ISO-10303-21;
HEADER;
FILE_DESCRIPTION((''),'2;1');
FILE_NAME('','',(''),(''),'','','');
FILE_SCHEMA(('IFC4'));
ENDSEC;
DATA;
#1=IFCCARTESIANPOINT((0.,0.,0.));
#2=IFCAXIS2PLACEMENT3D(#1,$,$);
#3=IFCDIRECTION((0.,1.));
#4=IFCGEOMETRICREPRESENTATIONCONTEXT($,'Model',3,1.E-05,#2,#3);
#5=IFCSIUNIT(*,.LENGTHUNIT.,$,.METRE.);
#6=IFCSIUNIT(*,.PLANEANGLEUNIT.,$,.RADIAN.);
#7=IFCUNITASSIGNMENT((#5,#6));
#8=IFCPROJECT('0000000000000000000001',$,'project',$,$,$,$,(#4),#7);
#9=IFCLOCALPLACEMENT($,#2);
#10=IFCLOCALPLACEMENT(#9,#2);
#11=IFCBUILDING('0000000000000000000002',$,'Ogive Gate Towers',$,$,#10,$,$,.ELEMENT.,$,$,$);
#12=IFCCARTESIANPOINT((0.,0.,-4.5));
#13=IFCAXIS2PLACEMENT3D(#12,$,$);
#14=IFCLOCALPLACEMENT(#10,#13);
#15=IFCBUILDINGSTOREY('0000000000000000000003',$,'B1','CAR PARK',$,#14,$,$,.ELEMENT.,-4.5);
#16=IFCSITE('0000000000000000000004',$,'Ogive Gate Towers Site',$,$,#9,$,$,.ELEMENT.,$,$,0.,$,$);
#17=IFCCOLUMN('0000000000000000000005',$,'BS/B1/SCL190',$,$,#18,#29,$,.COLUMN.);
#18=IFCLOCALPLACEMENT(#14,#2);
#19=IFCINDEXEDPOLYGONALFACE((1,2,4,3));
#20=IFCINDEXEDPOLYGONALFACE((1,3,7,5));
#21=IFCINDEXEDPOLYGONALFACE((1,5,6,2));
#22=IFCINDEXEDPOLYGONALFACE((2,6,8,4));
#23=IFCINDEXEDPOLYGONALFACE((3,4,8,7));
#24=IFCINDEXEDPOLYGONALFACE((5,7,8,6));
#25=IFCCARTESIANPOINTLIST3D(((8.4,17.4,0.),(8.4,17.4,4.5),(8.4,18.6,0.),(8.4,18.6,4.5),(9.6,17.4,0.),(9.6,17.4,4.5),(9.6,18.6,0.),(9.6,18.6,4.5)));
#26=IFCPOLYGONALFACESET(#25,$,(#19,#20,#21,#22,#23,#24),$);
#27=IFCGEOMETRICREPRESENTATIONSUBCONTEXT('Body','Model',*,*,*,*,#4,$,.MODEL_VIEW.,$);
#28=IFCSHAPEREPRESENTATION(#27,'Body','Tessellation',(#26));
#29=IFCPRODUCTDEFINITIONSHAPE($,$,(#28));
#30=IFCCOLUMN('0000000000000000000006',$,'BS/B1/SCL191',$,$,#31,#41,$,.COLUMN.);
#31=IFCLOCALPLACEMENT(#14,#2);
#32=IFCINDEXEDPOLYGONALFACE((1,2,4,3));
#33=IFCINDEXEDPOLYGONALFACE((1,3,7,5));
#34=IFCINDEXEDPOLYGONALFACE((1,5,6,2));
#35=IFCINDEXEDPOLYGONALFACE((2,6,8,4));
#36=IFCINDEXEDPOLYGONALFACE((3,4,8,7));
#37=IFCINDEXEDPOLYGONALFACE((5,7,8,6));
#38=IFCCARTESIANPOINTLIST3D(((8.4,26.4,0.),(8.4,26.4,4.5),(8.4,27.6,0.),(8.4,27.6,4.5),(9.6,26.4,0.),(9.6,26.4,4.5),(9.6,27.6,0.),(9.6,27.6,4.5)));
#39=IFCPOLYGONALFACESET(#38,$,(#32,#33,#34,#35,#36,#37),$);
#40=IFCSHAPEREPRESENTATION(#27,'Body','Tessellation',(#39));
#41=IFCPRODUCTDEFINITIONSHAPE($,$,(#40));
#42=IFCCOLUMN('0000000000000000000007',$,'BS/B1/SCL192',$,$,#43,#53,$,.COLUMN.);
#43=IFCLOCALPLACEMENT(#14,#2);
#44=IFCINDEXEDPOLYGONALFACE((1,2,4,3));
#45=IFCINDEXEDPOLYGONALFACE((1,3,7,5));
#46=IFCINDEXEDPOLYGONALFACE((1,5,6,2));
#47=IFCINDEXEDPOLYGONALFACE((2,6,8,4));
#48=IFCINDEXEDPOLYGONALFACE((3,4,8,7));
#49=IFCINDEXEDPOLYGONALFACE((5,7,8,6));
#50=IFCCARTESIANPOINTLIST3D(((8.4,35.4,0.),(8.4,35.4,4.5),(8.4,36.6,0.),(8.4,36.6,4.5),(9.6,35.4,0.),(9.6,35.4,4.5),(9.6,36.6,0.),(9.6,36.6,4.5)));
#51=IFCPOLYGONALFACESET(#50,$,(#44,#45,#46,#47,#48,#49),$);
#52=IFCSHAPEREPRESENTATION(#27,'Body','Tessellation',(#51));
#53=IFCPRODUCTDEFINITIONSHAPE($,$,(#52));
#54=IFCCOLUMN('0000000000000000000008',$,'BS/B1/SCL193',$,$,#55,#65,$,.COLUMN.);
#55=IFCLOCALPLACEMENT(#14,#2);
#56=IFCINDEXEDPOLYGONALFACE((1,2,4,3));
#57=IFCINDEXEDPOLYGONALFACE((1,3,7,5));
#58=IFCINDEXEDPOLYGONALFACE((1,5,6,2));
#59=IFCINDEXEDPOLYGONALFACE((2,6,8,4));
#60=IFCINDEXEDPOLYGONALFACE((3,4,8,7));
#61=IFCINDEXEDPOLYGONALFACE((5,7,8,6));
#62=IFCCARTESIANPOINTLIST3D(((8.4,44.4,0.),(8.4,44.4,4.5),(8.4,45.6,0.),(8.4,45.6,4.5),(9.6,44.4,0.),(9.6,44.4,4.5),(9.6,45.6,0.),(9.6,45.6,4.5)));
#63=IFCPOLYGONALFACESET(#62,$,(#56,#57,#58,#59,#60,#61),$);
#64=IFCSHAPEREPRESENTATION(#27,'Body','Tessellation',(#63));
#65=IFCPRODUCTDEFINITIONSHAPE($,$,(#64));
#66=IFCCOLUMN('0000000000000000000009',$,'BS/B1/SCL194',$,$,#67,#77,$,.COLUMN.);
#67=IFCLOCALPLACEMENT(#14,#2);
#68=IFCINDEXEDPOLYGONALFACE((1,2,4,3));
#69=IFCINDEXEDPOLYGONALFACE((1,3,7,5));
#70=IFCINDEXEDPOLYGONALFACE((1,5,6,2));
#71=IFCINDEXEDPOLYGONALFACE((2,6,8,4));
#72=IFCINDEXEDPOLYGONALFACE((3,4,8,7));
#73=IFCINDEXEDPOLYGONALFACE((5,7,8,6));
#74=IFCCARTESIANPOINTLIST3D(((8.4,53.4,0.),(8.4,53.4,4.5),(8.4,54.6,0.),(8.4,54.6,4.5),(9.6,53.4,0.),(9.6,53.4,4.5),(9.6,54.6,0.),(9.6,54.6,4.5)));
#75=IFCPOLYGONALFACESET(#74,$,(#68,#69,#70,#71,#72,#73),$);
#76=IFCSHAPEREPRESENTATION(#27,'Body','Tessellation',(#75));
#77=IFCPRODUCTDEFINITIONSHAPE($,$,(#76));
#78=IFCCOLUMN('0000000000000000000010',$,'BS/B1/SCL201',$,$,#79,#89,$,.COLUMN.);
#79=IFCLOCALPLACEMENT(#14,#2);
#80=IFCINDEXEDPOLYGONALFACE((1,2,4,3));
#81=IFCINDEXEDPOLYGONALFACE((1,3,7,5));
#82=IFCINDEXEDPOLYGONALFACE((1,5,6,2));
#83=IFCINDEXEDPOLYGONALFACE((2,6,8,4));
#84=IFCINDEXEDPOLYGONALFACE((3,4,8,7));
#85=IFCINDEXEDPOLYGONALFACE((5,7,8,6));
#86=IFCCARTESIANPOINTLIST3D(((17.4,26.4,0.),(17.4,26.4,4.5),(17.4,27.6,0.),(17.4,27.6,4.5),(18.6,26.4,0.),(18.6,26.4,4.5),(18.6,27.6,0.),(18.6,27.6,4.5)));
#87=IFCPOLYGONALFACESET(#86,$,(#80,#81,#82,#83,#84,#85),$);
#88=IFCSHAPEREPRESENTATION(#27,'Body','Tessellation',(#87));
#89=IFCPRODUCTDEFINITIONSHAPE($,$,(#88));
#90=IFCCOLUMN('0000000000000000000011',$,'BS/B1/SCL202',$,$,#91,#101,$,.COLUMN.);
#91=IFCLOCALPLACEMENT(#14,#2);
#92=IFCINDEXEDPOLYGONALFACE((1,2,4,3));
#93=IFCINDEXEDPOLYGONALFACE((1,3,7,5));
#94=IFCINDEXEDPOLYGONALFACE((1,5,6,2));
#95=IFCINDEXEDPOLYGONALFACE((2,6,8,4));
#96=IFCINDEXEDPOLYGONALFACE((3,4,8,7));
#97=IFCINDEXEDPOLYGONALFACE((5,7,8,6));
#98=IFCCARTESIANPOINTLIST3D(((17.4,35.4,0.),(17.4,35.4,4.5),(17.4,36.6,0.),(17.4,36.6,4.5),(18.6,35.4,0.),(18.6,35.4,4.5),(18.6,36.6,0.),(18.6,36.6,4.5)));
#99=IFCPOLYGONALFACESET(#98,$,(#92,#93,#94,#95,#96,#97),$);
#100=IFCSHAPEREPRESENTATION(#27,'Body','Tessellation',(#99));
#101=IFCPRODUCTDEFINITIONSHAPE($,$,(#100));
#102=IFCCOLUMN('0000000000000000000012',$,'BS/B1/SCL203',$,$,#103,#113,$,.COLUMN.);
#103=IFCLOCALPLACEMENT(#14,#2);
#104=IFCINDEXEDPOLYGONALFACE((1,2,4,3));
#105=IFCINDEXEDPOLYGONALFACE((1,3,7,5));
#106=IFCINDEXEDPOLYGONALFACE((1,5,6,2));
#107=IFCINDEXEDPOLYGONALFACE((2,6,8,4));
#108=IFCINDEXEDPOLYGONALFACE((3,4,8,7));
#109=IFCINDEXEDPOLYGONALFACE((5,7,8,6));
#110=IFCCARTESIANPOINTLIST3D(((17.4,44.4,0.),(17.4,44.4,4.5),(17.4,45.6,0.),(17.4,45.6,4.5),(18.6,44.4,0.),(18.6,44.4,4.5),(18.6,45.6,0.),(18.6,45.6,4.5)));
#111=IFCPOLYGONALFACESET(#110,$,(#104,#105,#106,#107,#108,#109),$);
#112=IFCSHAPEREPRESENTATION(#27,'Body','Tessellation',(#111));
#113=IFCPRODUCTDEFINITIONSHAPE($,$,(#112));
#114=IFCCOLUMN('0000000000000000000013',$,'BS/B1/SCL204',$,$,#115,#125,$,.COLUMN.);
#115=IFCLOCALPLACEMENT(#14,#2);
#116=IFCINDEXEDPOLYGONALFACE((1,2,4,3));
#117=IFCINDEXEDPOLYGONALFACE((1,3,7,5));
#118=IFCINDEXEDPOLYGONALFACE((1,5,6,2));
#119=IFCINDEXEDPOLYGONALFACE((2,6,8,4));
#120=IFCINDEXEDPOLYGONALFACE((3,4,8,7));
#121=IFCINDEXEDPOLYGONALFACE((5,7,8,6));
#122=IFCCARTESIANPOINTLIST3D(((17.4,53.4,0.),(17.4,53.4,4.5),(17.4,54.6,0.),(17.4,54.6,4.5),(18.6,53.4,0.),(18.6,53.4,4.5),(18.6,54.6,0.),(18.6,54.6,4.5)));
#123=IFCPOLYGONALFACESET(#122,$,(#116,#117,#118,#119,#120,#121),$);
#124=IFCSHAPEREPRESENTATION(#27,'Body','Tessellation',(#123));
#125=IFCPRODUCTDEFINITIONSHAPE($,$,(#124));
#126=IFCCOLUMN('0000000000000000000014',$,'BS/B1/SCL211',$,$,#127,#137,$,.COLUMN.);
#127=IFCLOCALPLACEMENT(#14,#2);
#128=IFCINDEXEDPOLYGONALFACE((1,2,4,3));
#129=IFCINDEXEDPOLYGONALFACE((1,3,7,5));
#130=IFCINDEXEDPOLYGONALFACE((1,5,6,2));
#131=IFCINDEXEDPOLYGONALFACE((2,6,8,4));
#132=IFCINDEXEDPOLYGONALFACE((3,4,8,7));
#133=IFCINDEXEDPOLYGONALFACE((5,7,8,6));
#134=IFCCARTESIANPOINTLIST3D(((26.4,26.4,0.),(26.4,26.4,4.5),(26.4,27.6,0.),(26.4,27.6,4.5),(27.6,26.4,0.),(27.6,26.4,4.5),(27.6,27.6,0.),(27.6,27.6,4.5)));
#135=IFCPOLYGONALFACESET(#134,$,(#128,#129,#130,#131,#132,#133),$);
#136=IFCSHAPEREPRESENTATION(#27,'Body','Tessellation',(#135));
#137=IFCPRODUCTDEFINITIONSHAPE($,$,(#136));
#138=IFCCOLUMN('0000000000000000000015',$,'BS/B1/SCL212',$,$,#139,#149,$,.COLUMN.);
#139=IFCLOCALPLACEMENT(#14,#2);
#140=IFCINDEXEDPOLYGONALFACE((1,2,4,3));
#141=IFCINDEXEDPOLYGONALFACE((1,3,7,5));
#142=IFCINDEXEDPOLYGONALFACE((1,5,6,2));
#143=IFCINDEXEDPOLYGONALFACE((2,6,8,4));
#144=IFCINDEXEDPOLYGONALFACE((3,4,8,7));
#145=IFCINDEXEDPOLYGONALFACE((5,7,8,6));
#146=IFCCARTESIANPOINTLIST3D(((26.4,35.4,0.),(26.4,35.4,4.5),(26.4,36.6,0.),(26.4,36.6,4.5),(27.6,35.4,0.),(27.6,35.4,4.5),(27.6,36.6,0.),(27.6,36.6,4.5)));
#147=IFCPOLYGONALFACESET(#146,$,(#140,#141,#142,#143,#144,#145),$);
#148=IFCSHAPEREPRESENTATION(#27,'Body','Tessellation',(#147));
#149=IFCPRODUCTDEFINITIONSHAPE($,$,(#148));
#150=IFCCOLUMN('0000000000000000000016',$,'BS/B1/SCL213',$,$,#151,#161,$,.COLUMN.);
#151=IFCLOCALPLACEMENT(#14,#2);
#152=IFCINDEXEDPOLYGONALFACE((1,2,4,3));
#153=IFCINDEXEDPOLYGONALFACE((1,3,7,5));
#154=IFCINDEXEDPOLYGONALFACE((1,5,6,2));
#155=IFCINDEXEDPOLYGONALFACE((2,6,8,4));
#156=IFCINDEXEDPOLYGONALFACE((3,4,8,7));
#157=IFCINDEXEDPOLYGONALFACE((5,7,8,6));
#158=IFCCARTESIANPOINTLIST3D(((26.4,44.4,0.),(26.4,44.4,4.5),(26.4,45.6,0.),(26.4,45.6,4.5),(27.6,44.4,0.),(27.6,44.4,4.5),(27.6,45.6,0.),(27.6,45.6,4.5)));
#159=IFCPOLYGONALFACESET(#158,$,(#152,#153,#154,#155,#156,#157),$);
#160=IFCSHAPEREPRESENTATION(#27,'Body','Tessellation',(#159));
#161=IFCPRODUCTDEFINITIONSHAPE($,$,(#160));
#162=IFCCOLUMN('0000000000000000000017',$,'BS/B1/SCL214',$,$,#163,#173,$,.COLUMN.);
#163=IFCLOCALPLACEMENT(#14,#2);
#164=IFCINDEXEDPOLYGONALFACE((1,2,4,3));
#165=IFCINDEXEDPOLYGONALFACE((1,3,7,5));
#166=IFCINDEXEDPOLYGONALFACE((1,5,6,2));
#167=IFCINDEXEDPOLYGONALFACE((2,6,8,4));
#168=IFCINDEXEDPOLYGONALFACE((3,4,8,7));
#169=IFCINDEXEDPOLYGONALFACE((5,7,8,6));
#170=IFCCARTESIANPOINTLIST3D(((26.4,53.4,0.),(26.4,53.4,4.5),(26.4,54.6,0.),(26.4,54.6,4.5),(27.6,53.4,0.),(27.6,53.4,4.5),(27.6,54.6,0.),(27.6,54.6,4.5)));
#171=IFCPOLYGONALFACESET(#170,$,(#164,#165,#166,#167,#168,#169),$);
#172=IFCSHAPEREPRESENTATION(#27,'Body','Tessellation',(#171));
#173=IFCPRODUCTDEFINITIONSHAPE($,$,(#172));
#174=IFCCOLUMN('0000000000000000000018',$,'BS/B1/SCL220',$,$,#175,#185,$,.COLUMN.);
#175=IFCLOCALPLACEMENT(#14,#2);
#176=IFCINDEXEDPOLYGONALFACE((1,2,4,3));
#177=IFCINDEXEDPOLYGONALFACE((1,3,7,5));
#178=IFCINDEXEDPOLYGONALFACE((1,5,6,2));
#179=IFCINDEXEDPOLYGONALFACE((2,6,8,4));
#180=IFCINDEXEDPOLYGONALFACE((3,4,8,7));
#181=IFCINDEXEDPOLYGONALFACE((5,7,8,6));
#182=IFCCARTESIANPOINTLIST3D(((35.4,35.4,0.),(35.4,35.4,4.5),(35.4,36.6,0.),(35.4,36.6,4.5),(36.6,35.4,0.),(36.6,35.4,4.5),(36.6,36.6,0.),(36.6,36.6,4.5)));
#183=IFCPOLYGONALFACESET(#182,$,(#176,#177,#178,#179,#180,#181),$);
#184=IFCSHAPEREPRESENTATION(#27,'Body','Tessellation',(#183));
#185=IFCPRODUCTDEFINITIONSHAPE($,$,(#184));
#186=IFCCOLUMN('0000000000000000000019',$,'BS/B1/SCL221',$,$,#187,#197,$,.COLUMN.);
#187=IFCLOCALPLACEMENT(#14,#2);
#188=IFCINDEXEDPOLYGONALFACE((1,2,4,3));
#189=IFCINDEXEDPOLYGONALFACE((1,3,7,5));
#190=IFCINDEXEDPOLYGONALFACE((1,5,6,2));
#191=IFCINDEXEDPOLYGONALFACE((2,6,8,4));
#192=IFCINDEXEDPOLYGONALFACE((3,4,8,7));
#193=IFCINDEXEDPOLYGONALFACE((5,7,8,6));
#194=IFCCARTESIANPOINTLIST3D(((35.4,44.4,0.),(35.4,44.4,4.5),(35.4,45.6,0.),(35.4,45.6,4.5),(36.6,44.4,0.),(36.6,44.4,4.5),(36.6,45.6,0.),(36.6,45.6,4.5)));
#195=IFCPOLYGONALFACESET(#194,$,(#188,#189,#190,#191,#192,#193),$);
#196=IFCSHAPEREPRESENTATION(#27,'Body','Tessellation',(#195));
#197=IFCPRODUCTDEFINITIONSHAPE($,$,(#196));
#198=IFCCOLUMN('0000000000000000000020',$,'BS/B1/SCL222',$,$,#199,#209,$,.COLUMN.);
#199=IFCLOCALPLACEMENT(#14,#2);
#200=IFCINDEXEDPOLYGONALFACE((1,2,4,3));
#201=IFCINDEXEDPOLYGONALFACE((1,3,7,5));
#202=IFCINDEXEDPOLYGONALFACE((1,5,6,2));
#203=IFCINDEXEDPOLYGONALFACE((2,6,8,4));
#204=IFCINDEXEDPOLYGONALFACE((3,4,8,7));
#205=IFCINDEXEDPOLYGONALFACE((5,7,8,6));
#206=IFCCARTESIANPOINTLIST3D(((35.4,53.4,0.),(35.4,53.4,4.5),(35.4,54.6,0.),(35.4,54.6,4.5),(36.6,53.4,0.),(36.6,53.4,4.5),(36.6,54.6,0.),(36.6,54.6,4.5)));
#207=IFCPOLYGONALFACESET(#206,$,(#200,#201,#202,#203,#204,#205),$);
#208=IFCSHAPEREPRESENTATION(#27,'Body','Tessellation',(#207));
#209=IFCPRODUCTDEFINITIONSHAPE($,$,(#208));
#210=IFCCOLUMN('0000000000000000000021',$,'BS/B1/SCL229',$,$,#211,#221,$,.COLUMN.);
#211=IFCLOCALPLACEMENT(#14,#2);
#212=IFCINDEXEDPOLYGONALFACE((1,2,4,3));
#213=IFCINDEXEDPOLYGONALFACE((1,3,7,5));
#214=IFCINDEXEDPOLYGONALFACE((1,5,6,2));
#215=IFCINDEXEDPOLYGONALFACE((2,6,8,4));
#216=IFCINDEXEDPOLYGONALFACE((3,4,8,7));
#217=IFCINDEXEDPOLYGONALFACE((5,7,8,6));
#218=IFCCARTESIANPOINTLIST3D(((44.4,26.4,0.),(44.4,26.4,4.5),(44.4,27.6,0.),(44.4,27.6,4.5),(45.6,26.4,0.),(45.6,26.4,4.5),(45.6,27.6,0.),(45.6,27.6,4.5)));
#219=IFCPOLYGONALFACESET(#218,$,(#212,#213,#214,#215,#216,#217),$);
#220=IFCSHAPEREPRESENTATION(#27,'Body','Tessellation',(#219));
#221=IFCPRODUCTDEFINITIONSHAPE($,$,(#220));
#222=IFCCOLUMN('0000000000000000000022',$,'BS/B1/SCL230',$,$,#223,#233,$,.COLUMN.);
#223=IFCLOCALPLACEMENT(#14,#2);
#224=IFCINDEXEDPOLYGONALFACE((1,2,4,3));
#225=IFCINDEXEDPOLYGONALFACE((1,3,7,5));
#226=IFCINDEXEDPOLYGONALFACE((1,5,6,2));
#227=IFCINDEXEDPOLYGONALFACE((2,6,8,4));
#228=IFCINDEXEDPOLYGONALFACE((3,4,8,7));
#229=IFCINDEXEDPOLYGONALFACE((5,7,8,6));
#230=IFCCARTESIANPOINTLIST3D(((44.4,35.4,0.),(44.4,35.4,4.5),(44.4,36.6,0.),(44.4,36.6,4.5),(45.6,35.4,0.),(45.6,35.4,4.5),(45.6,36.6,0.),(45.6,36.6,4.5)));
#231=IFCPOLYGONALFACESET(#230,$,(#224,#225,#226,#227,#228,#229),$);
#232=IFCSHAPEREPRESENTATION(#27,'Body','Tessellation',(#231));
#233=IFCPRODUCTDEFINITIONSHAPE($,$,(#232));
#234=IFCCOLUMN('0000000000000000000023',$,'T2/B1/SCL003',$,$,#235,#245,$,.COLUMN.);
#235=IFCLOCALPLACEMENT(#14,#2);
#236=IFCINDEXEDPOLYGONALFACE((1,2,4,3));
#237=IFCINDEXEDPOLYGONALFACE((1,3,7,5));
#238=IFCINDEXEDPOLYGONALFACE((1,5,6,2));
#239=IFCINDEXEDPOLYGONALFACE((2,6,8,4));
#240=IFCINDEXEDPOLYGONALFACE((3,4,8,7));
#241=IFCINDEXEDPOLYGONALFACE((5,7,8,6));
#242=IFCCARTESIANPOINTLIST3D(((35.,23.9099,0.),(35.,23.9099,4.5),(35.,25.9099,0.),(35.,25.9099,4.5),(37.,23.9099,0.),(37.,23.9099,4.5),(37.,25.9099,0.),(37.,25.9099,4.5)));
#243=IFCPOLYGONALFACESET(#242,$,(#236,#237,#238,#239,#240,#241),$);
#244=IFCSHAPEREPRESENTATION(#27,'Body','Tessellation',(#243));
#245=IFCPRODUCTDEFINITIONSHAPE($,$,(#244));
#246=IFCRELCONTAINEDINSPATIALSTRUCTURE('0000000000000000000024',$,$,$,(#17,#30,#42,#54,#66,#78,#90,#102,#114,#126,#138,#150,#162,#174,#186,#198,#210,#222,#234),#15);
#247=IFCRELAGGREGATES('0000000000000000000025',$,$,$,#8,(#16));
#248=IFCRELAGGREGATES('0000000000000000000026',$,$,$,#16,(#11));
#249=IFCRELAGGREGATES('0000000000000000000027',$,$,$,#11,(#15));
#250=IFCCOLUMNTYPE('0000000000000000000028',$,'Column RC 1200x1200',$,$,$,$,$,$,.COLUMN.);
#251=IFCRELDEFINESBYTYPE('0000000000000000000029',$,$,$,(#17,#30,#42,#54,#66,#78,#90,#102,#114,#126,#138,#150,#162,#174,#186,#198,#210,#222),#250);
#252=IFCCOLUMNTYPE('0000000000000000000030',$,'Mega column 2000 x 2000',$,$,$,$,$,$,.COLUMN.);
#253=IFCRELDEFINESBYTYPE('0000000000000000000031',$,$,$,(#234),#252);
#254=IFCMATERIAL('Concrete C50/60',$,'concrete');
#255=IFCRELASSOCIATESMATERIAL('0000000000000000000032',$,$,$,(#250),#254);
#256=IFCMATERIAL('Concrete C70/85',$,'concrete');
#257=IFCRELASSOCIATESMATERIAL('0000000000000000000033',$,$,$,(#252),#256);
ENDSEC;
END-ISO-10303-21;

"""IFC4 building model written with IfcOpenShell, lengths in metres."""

from ifc_helpers import new_model, si_unit, direction, frame, origin, origin_2d, place, context, subcontext, project, spatial, rectangle, extrude, material, material_profile, profile_set, type_object, element, save


model = new_model("IFC4")

# Units and contexts
model_context = context("Model", 3, precision=1e-05, world=origin(), true_north=direction((0.0, 1.0)))
body_context = subcontext(model_context, "Body", "Model", "MODEL_VIEW")
ifc_project = project(units=[si_unit("LENGTHUNIT", "METRE"), si_unit("PLANEANGLEUNIT", "RADIAN")], contexts=[model_context])

# Site, building, storey
site_placement = place(None, origin())
site = spatial("IfcSite", under=ifc_project, at=site_placement, Name="Ogive Gate Towers Site", CompositionType="ELEMENT", RefElevation=0.0)
building_placement = place(site_placement, origin())
building = spatial("IfcBuilding", under=site, at=building_placement, Name="Ogive Gate Towers", CompositionType="ELEMENT")
storey_placement = place(building_placement, frame((0.0, 0.0, -4.5)))
storey = spatial("IfcBuildingStorey", under=building, at=storey_placement, Name="B1", Description="CAR PARK", CompositionType="ELEMENT", Elevation=-4.5)

# Columns
ifc_material_1 = material(Name="Concrete C50/60", Category="concrete")
ifc_material_profile_1 = material_profile(ifc_material_1, rectangle(XDim=1.2, YDim=1.2, at=origin_2d()), Name="RC 1200x1200")
ifc_profile_set_1 = profile_set([ifc_material_profile_1], Name="Concrete C50/60")
column_type_1 = type_object("IfcColumnType", Name="Column RC 1200x1200", PredefinedType="COLUMN", material=ifc_profile_set_1)
for number, where, z_axis, x_axis, name in (
    (1, (9.0, 18.0, 0.0), (0.0, 0.0, 1.0), (1.0, 0.0, 0.0), "BS/B1/SCL190"),
    (2, (9.0, 27.0, 0.0), (0.0, 0.0, 1.0), (1.0, 0.0, 0.0), "BS/B1/SCL191"),
    (3, (9.0, 36.0, 0.0), (0.0, 0.0, 1.0), (1.0, 0.0, 0.0), "BS/B1/SCL192"),
    (4, (9.0, 45.0, 0.0), (0.0, 0.0, 1.0), (1.0, 0.0, 0.0), "BS/B1/SCL193"),
    (5, (9.0, 54.0, 0.0), (0.0, 0.0, 1.0), (1.0, 0.0, 0.0), "BS/B1/SCL194"),
    (6, (18.0, 27.0, 0.0), (0.0, 0.0, 1.0), (1.0, 0.0, 0.0), "BS/B1/SCL201"),
    (7, (18.0, 36.0, 0.0), (0.0, 0.0, 1.0), (1.0, 0.0, 0.0), "BS/B1/SCL202"),
    (8, (18.0, 45.0, 0.0), (0.0, 0.0, 1.0), (1.0, 0.0, 0.0), "BS/B1/SCL203"),
    (9, (18.0, 54.0, 0.0), (0.0, 0.0, 1.0), (1.0, 0.0, 0.0), "BS/B1/SCL204"),
    (10, (27.0, 27.0, 0.0), (0.0, 0.0, 1.0), (1.0, 0.0, 0.0), "BS/B1/SCL211"),
    (11, (27.0, 36.0, 0.0), (0.0, 0.0, 1.0), (1.0, 0.0, 0.0), "BS/B1/SCL212"),
    (12, (27.0, 45.0, 0.0), (0.0, 0.0, 1.0), (1.0, 0.0, 0.0), "BS/B1/SCL213"),
    (13, (27.0, 54.0, 0.0), (0.0, 0.0, 1.0), (1.0, 0.0, 0.0), "BS/B1/SCL214"),
    (14, (36.0, 36.0, 0.0), (0.0, 0.0, 1.0), (1.0, 0.0, 0.0), "BS/B1/SCL220"),
    (15, (36.0, 45.0, 0.0), (0.0, 0.0, 1.0), (1.0, 0.0, 0.0), "BS/B1/SCL221"),
    (16, (36.0, 54.0, 0.0), (0.0, 0.0, 1.0), (1.0, 0.0, 0.0), "BS/B1/SCL222"),
    (17, (45.0, 27.0, 0.0), (0.0, 0.0, 1.0), (1.0, 0.0, 0.0), "BS/B1/SCL229"),
    (18, (45.0, 36.0, 0.0), (0.0, 0.0, 1.0), (1.0, 0.0, 0.0), "BS/B1/SCL230"),
):
    element("IfcColumn", number, at=place(storey_placement, frame(where, z_axis=z_axis, x_axis=x_axis)), inside=storey, type_object=column_type_1, Name=name, PredefinedType="COLUMN", context=body_context, shape_type="SweptSolid", body=[
        extrude(rectangle(XDim=1.2, YDim=1.2, at=origin_2d()), origin(), (0.0, 0.0, 1.0), 4.5),
    ])
ifc_material_2 = material(Name="Concrete C70/85", Category="concrete")
ifc_material_profile_2 = material_profile(ifc_material_2, rectangle(XDim=2.0, YDim=2.0, at=origin_2d()), Name="RC 2000x2000")
ifc_profile_set_2 = profile_set([ifc_material_profile_2], Name="Concrete C70/85")
column_type_2 = type_object("IfcColumnType", Name="Mega column 2000 x 2000", PredefinedType="COLUMN", material=ifc_profile_set_2)
for number, where, z_axis, x_axis, name in (
    (19, (36.0, 24.9099, 0.0), (0.0, 0.0, 1.0), (0.0, 1.0, 0.0), "T2/B1/SCL003"),
):
    element("IfcColumn", number, at=place(storey_placement, frame(where, z_axis=z_axis, x_axis=x_axis)), inside=storey, type_object=column_type_2, Name=name, PredefinedType="COLUMN", context=body_context, shape_type="SweptSolid", body=[
        extrude(rectangle(XDim=2.0, YDim=2.0, at=origin_2d()), origin(), (0.0, 0.0, 1.0), 4.5),
    ])

save(model, "model.ifc")
